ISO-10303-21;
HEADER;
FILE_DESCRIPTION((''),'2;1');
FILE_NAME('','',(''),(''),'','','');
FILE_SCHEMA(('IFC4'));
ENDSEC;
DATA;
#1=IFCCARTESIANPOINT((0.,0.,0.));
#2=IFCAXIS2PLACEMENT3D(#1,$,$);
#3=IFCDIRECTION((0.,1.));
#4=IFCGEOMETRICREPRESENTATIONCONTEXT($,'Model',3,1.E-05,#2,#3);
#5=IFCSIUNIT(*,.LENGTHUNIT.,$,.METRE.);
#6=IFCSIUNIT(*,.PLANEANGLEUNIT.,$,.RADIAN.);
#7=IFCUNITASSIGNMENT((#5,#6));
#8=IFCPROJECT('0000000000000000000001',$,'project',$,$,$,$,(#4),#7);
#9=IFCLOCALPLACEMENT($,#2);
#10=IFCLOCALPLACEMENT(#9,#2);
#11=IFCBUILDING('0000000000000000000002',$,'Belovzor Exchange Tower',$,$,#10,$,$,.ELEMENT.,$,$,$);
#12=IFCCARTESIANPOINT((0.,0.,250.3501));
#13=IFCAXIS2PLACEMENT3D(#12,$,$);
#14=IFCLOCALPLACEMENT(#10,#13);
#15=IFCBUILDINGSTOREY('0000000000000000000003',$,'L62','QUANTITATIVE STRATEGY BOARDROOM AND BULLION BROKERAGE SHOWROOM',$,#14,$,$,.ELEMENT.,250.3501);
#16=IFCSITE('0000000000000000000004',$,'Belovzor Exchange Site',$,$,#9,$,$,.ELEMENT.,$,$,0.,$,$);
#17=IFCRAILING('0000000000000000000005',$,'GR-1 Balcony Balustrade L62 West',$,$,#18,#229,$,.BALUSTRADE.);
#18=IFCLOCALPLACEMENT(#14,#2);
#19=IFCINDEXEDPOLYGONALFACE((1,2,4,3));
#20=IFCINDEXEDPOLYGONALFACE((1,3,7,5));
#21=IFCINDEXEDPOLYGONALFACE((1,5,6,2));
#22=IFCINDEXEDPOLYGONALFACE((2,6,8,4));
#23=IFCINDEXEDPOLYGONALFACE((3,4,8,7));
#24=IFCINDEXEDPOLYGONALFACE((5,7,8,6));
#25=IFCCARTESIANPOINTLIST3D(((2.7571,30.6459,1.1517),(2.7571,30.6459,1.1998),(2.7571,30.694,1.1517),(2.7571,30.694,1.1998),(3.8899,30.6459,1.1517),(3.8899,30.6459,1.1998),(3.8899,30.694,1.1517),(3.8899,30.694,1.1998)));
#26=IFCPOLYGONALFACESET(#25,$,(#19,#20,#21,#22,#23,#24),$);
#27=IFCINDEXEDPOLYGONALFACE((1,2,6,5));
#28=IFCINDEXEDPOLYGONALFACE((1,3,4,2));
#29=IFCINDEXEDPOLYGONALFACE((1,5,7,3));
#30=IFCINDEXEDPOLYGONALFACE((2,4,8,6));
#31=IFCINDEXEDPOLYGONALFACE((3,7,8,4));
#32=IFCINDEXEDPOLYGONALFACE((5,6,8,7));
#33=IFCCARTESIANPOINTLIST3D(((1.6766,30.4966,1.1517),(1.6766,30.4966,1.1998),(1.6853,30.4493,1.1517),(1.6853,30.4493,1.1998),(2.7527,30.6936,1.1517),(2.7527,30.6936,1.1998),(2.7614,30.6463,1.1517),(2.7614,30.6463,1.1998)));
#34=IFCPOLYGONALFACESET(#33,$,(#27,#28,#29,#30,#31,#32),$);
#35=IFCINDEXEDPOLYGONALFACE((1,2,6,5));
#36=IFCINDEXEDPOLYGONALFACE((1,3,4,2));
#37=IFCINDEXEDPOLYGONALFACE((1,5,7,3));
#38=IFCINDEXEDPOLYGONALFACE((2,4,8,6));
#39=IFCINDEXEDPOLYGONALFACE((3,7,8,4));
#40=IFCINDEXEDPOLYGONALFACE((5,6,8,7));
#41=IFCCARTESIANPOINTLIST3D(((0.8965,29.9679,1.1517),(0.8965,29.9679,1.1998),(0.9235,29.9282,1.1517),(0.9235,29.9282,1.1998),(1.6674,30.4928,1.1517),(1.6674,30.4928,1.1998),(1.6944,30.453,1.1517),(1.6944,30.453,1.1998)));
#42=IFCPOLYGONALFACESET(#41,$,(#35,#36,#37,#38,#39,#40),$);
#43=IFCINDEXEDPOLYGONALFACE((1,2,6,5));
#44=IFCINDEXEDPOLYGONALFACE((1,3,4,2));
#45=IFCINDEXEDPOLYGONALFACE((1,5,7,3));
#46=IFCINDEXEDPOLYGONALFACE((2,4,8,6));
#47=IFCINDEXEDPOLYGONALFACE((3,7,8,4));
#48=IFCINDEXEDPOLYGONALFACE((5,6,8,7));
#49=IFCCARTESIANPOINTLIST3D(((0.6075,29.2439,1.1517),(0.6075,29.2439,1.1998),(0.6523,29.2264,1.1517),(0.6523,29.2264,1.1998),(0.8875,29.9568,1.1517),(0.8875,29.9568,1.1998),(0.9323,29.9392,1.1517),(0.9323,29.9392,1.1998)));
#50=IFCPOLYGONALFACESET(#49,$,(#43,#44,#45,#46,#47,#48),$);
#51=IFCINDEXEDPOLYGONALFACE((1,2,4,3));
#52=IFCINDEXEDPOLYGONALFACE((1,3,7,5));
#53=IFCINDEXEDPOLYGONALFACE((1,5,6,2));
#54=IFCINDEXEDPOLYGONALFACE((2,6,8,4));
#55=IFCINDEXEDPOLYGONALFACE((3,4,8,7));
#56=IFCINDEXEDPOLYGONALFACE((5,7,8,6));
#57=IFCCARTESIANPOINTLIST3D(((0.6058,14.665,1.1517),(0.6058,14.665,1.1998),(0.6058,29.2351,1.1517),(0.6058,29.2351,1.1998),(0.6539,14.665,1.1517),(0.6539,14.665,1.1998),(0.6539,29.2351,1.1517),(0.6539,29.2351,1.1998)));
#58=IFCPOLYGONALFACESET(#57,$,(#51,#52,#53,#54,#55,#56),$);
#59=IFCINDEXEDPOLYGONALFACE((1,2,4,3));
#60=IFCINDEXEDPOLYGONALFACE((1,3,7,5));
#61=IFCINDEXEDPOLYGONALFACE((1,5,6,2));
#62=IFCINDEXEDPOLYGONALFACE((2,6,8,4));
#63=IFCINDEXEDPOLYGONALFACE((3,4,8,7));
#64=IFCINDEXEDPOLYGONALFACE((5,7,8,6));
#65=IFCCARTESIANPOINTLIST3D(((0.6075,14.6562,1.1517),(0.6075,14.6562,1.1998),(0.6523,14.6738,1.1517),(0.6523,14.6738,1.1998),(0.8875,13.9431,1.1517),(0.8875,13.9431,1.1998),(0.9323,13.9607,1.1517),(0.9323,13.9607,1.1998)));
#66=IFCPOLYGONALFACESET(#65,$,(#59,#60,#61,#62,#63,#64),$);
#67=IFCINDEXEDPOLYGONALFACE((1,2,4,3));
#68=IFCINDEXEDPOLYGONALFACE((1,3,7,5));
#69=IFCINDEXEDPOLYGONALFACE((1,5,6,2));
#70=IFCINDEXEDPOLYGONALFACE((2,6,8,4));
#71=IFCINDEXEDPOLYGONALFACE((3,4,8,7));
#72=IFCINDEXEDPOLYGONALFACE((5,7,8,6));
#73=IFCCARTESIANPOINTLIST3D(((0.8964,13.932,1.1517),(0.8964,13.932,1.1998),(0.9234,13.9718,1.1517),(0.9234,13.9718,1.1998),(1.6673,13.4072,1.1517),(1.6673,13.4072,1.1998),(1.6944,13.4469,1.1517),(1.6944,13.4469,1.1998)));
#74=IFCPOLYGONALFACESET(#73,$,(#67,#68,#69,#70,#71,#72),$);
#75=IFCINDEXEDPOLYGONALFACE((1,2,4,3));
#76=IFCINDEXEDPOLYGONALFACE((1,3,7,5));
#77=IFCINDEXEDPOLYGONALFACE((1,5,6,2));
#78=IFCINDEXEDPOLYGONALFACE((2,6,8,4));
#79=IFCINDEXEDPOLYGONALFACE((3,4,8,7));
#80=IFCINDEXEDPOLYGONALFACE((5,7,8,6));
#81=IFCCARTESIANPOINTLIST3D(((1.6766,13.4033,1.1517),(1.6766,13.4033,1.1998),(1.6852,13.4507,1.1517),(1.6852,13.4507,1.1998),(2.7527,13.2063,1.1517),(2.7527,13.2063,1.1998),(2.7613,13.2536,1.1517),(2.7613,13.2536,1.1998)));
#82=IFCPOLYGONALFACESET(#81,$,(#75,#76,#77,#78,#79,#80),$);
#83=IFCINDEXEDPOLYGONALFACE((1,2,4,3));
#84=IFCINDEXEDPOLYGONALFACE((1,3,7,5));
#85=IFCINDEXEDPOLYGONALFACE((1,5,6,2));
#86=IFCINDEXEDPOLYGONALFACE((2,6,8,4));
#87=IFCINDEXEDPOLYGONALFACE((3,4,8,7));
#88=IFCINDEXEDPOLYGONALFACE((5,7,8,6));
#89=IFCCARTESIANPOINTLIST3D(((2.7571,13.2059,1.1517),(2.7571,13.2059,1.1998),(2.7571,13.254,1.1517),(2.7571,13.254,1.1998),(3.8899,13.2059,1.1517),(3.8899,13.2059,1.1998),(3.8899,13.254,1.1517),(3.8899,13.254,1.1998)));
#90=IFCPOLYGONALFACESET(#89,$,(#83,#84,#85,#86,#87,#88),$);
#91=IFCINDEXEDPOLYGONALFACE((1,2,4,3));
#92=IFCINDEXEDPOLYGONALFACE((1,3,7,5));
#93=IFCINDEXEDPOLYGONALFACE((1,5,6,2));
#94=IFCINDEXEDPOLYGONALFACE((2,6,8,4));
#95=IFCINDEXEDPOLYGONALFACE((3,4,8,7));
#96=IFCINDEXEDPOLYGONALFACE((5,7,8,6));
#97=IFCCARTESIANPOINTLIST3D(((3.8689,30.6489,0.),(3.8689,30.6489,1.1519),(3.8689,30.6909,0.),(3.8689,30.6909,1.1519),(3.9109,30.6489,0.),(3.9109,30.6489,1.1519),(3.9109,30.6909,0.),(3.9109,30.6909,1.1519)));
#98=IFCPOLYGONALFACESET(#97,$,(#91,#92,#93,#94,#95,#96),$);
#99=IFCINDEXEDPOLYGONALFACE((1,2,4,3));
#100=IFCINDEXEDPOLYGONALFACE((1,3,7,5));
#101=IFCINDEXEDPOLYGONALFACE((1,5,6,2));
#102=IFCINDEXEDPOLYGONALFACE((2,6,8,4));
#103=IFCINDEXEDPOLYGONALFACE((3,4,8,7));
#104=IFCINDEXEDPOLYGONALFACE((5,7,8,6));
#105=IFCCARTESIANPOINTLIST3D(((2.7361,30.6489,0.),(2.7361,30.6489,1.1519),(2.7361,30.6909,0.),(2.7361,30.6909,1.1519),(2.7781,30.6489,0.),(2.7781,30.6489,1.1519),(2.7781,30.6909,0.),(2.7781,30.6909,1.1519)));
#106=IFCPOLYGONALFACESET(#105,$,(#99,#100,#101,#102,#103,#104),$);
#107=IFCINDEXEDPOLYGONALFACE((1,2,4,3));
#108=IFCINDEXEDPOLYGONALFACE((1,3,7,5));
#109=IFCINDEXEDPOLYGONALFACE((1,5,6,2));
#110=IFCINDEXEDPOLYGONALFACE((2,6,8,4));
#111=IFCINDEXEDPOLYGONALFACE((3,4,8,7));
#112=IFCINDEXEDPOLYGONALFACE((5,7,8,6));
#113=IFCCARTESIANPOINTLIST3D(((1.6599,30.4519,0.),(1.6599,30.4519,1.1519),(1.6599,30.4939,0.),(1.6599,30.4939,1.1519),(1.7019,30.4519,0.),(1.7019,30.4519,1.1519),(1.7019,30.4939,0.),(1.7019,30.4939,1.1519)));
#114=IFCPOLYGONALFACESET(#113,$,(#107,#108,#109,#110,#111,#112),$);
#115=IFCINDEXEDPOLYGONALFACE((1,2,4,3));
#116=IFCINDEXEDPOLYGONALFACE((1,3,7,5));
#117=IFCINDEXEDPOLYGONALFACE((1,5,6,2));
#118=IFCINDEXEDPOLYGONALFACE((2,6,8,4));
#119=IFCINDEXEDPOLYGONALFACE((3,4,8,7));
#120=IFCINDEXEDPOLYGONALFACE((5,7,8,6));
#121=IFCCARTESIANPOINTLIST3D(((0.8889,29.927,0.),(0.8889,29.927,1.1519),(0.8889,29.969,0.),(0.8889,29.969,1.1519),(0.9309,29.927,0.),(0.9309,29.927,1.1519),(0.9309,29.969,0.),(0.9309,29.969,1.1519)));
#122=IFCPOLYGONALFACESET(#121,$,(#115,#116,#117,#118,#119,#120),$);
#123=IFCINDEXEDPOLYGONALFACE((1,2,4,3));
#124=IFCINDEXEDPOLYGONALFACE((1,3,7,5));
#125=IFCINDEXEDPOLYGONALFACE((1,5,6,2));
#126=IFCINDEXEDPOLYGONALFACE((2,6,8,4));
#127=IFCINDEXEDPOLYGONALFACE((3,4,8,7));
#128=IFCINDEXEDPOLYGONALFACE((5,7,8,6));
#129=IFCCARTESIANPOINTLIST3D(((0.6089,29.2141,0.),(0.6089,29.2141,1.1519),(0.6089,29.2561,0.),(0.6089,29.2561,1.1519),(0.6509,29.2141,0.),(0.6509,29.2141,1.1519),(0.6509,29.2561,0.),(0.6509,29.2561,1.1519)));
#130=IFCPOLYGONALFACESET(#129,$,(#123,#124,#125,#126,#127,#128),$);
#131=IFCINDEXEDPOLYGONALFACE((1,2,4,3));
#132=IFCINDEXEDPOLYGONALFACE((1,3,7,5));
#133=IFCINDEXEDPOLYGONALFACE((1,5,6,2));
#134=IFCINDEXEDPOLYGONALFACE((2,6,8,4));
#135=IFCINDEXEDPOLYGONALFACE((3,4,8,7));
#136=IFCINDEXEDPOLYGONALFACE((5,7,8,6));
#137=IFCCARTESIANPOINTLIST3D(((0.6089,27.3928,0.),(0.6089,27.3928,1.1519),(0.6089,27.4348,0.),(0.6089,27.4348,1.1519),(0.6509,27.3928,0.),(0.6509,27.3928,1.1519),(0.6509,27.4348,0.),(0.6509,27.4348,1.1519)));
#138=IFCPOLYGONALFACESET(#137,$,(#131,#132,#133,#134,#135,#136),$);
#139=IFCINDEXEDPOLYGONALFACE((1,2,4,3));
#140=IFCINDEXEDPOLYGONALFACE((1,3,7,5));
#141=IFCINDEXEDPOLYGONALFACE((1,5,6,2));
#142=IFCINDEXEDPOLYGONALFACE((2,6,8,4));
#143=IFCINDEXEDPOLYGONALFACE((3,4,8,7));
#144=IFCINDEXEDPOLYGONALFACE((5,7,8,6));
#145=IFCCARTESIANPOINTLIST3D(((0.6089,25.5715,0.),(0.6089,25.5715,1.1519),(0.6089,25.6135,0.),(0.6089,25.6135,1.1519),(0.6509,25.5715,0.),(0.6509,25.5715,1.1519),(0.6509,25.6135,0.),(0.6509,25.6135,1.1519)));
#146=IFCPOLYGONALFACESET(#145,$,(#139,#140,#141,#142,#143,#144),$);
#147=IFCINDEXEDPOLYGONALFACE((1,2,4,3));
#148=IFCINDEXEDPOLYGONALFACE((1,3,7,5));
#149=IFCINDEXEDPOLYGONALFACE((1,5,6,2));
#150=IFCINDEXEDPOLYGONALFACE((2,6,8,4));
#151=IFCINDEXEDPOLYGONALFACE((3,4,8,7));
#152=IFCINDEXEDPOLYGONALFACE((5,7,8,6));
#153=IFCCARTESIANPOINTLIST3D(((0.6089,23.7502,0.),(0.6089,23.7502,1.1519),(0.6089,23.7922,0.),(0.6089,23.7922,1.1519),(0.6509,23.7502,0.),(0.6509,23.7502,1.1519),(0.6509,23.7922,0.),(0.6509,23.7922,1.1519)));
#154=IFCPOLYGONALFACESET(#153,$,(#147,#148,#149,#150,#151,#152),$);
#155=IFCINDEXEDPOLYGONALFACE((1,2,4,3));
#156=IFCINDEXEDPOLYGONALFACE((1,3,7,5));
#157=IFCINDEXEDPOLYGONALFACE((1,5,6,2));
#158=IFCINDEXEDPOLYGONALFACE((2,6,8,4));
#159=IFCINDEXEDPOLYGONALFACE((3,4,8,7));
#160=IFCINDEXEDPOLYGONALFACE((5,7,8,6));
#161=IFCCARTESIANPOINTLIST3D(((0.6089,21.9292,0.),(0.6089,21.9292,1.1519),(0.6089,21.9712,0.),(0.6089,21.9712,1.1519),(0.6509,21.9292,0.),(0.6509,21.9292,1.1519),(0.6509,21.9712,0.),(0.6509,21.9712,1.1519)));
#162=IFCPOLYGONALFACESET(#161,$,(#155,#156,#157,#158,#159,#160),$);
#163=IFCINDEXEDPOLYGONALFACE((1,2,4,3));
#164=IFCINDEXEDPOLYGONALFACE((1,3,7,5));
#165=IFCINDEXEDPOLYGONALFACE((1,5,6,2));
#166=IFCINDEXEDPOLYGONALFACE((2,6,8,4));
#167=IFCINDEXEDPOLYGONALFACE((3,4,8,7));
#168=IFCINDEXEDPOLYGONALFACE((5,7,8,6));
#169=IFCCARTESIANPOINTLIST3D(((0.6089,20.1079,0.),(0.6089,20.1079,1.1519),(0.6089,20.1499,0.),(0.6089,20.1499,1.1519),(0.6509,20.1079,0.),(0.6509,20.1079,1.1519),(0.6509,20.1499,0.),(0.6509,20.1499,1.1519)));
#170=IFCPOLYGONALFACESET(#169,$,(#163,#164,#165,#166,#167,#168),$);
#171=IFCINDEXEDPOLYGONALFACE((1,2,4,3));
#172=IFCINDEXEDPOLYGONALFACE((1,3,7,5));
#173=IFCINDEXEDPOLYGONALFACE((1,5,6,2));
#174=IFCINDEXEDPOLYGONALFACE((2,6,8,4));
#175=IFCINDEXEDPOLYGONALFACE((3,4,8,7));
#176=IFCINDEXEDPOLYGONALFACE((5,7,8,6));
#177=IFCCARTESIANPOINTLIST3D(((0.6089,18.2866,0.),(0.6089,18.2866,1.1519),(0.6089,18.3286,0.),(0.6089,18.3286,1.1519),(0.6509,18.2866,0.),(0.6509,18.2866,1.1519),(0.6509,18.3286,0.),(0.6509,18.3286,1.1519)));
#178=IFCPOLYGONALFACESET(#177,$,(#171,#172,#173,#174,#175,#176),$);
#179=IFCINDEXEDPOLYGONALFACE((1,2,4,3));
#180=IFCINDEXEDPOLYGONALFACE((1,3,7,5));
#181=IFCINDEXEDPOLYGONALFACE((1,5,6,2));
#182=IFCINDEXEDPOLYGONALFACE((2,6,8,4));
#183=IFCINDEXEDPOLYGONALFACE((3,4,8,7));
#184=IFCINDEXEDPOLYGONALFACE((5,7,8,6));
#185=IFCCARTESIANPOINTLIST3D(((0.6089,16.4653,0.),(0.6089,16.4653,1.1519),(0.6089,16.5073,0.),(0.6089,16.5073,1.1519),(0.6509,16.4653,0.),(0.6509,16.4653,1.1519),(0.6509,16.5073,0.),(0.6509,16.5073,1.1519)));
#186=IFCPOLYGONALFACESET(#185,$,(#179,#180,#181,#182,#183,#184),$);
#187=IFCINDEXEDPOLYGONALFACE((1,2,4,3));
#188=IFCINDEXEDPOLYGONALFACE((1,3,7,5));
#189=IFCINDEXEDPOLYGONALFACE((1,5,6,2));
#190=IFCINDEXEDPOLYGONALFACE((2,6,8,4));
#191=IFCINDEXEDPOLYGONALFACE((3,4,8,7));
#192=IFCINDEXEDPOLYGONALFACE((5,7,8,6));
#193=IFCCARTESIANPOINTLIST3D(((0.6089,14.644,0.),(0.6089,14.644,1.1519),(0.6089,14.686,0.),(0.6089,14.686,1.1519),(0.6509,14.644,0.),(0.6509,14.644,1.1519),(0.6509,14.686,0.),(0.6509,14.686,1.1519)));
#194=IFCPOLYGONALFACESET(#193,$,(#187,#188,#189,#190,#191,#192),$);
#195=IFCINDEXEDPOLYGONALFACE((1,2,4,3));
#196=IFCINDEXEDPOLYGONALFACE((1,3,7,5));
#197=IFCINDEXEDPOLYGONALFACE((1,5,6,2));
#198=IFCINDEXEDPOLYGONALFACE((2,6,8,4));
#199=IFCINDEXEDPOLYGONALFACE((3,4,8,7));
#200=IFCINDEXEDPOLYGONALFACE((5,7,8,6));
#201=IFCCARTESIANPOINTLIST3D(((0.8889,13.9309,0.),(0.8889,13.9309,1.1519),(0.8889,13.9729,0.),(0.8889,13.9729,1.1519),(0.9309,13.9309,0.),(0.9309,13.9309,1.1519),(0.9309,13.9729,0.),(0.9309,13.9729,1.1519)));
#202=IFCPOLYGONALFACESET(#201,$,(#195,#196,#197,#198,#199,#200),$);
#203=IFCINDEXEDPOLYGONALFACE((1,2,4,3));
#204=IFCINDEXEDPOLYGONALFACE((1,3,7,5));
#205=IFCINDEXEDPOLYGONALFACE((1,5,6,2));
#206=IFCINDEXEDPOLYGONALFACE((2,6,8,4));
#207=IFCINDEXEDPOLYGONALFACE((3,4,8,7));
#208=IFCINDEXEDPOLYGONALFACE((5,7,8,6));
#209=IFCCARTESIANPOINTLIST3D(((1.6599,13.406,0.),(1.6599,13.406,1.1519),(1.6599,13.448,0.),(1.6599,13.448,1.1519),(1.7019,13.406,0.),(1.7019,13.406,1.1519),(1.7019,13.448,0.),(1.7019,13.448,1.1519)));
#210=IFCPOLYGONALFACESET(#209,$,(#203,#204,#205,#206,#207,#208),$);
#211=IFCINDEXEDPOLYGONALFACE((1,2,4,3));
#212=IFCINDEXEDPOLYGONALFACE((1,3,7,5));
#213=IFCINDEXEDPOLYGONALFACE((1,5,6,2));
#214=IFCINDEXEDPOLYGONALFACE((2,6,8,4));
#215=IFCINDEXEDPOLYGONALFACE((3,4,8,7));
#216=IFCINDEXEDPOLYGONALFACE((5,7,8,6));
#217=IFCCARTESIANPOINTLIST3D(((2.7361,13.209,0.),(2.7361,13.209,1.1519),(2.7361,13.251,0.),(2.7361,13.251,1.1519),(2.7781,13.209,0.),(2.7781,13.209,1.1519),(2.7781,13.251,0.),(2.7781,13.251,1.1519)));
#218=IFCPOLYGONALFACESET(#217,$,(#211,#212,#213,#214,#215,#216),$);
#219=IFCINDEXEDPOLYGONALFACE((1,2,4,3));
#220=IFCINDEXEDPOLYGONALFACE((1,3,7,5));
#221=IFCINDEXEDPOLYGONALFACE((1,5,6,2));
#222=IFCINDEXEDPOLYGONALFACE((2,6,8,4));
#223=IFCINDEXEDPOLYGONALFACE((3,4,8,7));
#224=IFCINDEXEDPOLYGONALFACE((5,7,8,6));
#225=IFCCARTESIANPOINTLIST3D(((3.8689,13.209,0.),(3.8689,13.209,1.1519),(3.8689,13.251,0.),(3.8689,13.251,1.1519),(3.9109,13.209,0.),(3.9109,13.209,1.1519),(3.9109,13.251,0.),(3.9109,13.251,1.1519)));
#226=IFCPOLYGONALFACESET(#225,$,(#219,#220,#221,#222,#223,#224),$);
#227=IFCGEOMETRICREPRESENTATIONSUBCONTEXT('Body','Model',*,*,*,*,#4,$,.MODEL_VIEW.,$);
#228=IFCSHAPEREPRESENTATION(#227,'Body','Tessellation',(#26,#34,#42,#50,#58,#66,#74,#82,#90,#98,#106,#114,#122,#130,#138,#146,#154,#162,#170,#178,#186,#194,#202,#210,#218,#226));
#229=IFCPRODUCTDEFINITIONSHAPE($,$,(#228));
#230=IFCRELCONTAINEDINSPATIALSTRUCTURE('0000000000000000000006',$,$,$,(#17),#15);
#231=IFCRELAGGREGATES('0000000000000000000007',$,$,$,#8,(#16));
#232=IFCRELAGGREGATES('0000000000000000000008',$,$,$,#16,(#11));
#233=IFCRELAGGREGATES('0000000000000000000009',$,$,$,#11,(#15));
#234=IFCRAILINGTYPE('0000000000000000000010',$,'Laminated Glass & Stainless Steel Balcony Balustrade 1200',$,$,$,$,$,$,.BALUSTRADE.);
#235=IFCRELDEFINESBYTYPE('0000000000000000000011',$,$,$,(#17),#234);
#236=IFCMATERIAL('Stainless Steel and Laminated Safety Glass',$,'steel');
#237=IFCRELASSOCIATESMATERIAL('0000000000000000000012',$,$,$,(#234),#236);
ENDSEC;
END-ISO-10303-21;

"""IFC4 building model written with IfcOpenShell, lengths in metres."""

from ifc_helpers import new_model, si_unit, direction, frame, origin, origin_2d, place, context, subcontext, project, spatial, rectangle, extrude, material, type_object, element, save


model = new_model("IFC4")

# Units and contexts
model_context = context("Model", 3, precision=1e-05, world=origin(), true_north=direction((0.0, 1.0)))
body_context = subcontext(model_context, "Body", "Model", "MODEL_VIEW")
ifc_project = project(units=[si_unit("LENGTHUNIT", "METRE"), si_unit("PLANEANGLEUNIT", "RADIAN")], contexts=[model_context])

# Site, building, storey
site_placement = place(None, origin())
site = spatial("IfcSite", under=ifc_project, at=site_placement, Name="Belovzor Exchange Site", CompositionType="ELEMENT", RefElevation=0.0)
building_placement = place(site_placement, origin())
building = spatial("IfcBuilding", under=site, at=building_placement, Name="Belovzor Exchange Tower", CompositionType="ELEMENT")
storey_placement = place(building_placement, frame((0.0, 0.0, 250.3501)))
storey = spatial("IfcBuildingStorey", under=building, at=storey_placement, Name="L62", Description="QUANTITATIVE STRATEGY BOARDROOM AND BULLION BROKERAGE SHOWROOM", CompositionType="ELEMENT", Elevation=250.3501)

# Railing
ifc_material_1 = material(Name="Stainless Steel and Laminated Safety Glass", Category="steel")
railing_type = type_object("IfcRailingType", Name="Laminated Glass & Stainless Steel Balcony Balustrade 1200", PredefinedType="BALUSTRADE", material=ifc_material_1)
railing_placement = place(storey_placement, frame((3.8899, 30.6699, 0.0)))
element("IfcRailing", 1, at=railing_placement, inside=storey, type_object=railing_type, Name="GR-1 Balcony Balustrade L62 West", PredefinedType="BALUSTRADE", context=body_context, shape_type="SweptSolid", body=[
    extrude(rectangle(XDim=0.0481, YDim=0.0481, at=origin_2d()), frame((0.0, 0.0, 1.1758), z_axis=(-1.0, 0.0, 0.0), x_axis=(0.0, -1.0, 0.0)), (0.0, 0.0, 1.0), 1.1328),
    extrude(rectangle(XDim=0.0481, YDim=0.0481, at=origin_2d()), frame((-1.1328, 0.0, 1.1758), z_axis=(-0.983651, -0.180083, 0.0), x_axis=(0.180083, -0.983651, 0.0)), (0.0, 0.0, 1.0), 1.094),
    extrude(rectangle(XDim=0.0481, YDim=0.0481, at=origin_2d()), frame((-2.209, -0.197, 1.1758), z_axis=(-0.826615, -0.562768, 0.0), x_axis=(0.562768, -0.826615, 0.0)), (0.0, 0.0, 1.0), 0.9326),
    extrude(rectangle(XDim=0.0481, YDim=0.0481, at=origin_2d()), frame((-2.98, -0.7219, 1.1758), z_axis=(-0.365613, -0.930767, 0.0), x_axis=(0.930767, -0.365613, 0.0)), (0.0, 0.0, 1.0), 0.7659),
    extrude(rectangle(XDim=0.0481, YDim=0.0481, at=origin_2d()), frame((-3.26, -1.4348, 1.1758), z_axis=(0.0, -1.0, 0.0), x_axis=(1.0, 0.0, 0.0)), (0.0, 0.0, 1.0), 14.5701),
    extrude(rectangle(XDim=0.0481, YDim=0.0481, at=origin_2d()), frame((-3.26, -16.0049, 1.1758), z_axis=(0.365504, -0.93081, 0.0), x_axis=(0.93081, 0.365504, 0.0)), (0.0, 0.0, 1.0), 0.7661),
    extrude(rectangle(XDim=0.0481, YDim=0.0481, at=origin_2d()), frame((-2.98, -16.718, 1.1758), z_axis=(0.826615, -0.562768, 0.0), x_axis=(0.562768, 0.826615, 0.0)), (0.0, 0.0, 1.0), 0.9326),
    extrude(rectangle(XDim=0.0481, YDim=0.0481, at=origin_2d()), frame((-2.209, -17.2429, 1.1758), z_axis=(0.983651, -0.180083, 0.0), x_axis=(0.180083, 0.983651, 0.0)), (0.0, 0.0, 1.0), 1.094),
    extrude(rectangle(XDim=0.0481, YDim=0.0481, at=origin_2d()), frame((-1.1328, -17.4399, 1.1758), z_axis=(1.0, 0.0, 0.0), x_axis=(0.0, 1.0, 0.0)), (0.0, 0.0, 1.0), 1.1328),
    extrude(rectangle(XDim=0.042, YDim=0.042, at=origin_2d()), origin(), (0.0, 0.0, 1.0), 1.1519),
    extrude(rectangle(XDim=0.042, YDim=0.042, at=origin_2d()), frame((-1.1328, 0.0, 0.0)), (0.0, 0.0, 1.0), 1.1519),
    extrude(rectangle(XDim=0.042, YDim=0.042, at=origin_2d()), frame((-2.209, -0.197, 0.0)), (0.0, 0.0, 1.0), 1.1519),
    extrude(rectangle(XDim=0.042, YDim=0.042, at=origin_2d()), frame((-2.98, -0.7219, 0.0)), (0.0, 0.0, 1.0), 1.1519),
    extrude(rectangle(XDim=0.042, YDim=0.042, at=origin_2d()), frame((-3.26, -1.4348, 0.0)), (0.0, 0.0, 1.0), 1.1519),
    extrude(rectangle(XDim=0.042, YDim=0.042, at=origin_2d()), frame((-3.26, -3.2561, 0.0)), (0.0, 0.0, 1.0), 1.1519),
    extrude(rectangle(XDim=0.042, YDim=0.042, at=origin_2d()), frame((-3.26, -5.0774, 0.0)), (0.0, 0.0, 1.0), 1.1519),
    extrude(rectangle(XDim=0.042, YDim=0.042, at=origin_2d()), frame((-3.26, -6.8987, 0.0)), (0.0, 0.0, 1.0), 1.1519),
    extrude(rectangle(XDim=0.042, YDim=0.042, at=origin_2d()), frame((-3.26, -8.7197, 0.0)), (0.0, 0.0, 1.0), 1.1519),
    extrude(rectangle(XDim=0.042, YDim=0.042, at=origin_2d()), frame((-3.26, -10.541, 0.0)), (0.0, 0.0, 1.0), 1.1519),
    extrude(rectangle(XDim=0.042, YDim=0.042, at=origin_2d()), frame((-3.26, -12.3623, 0.0)), (0.0, 0.0, 1.0), 1.1519),
    extrude(rectangle(XDim=0.042, YDim=0.042, at=origin_2d()), frame((-3.26, -14.1836, 0.0)), (0.0, 0.0, 1.0), 1.1519),
    extrude(rectangle(XDim=0.042, YDim=0.042, at=origin_2d()), frame((-3.26, -16.0049, 0.0)), (0.0, 0.0, 1.0), 1.1519),
    extrude(rectangle(XDim=0.042, YDim=0.042, at=origin_2d()), frame((-2.98, -16.718, 0.0)), (0.0, 0.0, 1.0), 1.1519),
    extrude(rectangle(XDim=0.042, YDim=0.042, at=origin_2d()), frame((-2.209, -17.2429, 0.0)), (0.0, 0.0, 1.0), 1.1519),
    extrude(rectangle(XDim=0.042, YDim=0.042, at=origin_2d()), frame((-1.1328, -17.4399, 0.0)), (0.0, 0.0, 1.0), 1.1519),
    extrude(rectangle(XDim=0.042, YDim=0.042, at=origin_2d()), frame((0.0, -17.4399, 0.0)), (0.0, 0.0, 1.0), 1.1519),
])

save(model, "model.ifc")
